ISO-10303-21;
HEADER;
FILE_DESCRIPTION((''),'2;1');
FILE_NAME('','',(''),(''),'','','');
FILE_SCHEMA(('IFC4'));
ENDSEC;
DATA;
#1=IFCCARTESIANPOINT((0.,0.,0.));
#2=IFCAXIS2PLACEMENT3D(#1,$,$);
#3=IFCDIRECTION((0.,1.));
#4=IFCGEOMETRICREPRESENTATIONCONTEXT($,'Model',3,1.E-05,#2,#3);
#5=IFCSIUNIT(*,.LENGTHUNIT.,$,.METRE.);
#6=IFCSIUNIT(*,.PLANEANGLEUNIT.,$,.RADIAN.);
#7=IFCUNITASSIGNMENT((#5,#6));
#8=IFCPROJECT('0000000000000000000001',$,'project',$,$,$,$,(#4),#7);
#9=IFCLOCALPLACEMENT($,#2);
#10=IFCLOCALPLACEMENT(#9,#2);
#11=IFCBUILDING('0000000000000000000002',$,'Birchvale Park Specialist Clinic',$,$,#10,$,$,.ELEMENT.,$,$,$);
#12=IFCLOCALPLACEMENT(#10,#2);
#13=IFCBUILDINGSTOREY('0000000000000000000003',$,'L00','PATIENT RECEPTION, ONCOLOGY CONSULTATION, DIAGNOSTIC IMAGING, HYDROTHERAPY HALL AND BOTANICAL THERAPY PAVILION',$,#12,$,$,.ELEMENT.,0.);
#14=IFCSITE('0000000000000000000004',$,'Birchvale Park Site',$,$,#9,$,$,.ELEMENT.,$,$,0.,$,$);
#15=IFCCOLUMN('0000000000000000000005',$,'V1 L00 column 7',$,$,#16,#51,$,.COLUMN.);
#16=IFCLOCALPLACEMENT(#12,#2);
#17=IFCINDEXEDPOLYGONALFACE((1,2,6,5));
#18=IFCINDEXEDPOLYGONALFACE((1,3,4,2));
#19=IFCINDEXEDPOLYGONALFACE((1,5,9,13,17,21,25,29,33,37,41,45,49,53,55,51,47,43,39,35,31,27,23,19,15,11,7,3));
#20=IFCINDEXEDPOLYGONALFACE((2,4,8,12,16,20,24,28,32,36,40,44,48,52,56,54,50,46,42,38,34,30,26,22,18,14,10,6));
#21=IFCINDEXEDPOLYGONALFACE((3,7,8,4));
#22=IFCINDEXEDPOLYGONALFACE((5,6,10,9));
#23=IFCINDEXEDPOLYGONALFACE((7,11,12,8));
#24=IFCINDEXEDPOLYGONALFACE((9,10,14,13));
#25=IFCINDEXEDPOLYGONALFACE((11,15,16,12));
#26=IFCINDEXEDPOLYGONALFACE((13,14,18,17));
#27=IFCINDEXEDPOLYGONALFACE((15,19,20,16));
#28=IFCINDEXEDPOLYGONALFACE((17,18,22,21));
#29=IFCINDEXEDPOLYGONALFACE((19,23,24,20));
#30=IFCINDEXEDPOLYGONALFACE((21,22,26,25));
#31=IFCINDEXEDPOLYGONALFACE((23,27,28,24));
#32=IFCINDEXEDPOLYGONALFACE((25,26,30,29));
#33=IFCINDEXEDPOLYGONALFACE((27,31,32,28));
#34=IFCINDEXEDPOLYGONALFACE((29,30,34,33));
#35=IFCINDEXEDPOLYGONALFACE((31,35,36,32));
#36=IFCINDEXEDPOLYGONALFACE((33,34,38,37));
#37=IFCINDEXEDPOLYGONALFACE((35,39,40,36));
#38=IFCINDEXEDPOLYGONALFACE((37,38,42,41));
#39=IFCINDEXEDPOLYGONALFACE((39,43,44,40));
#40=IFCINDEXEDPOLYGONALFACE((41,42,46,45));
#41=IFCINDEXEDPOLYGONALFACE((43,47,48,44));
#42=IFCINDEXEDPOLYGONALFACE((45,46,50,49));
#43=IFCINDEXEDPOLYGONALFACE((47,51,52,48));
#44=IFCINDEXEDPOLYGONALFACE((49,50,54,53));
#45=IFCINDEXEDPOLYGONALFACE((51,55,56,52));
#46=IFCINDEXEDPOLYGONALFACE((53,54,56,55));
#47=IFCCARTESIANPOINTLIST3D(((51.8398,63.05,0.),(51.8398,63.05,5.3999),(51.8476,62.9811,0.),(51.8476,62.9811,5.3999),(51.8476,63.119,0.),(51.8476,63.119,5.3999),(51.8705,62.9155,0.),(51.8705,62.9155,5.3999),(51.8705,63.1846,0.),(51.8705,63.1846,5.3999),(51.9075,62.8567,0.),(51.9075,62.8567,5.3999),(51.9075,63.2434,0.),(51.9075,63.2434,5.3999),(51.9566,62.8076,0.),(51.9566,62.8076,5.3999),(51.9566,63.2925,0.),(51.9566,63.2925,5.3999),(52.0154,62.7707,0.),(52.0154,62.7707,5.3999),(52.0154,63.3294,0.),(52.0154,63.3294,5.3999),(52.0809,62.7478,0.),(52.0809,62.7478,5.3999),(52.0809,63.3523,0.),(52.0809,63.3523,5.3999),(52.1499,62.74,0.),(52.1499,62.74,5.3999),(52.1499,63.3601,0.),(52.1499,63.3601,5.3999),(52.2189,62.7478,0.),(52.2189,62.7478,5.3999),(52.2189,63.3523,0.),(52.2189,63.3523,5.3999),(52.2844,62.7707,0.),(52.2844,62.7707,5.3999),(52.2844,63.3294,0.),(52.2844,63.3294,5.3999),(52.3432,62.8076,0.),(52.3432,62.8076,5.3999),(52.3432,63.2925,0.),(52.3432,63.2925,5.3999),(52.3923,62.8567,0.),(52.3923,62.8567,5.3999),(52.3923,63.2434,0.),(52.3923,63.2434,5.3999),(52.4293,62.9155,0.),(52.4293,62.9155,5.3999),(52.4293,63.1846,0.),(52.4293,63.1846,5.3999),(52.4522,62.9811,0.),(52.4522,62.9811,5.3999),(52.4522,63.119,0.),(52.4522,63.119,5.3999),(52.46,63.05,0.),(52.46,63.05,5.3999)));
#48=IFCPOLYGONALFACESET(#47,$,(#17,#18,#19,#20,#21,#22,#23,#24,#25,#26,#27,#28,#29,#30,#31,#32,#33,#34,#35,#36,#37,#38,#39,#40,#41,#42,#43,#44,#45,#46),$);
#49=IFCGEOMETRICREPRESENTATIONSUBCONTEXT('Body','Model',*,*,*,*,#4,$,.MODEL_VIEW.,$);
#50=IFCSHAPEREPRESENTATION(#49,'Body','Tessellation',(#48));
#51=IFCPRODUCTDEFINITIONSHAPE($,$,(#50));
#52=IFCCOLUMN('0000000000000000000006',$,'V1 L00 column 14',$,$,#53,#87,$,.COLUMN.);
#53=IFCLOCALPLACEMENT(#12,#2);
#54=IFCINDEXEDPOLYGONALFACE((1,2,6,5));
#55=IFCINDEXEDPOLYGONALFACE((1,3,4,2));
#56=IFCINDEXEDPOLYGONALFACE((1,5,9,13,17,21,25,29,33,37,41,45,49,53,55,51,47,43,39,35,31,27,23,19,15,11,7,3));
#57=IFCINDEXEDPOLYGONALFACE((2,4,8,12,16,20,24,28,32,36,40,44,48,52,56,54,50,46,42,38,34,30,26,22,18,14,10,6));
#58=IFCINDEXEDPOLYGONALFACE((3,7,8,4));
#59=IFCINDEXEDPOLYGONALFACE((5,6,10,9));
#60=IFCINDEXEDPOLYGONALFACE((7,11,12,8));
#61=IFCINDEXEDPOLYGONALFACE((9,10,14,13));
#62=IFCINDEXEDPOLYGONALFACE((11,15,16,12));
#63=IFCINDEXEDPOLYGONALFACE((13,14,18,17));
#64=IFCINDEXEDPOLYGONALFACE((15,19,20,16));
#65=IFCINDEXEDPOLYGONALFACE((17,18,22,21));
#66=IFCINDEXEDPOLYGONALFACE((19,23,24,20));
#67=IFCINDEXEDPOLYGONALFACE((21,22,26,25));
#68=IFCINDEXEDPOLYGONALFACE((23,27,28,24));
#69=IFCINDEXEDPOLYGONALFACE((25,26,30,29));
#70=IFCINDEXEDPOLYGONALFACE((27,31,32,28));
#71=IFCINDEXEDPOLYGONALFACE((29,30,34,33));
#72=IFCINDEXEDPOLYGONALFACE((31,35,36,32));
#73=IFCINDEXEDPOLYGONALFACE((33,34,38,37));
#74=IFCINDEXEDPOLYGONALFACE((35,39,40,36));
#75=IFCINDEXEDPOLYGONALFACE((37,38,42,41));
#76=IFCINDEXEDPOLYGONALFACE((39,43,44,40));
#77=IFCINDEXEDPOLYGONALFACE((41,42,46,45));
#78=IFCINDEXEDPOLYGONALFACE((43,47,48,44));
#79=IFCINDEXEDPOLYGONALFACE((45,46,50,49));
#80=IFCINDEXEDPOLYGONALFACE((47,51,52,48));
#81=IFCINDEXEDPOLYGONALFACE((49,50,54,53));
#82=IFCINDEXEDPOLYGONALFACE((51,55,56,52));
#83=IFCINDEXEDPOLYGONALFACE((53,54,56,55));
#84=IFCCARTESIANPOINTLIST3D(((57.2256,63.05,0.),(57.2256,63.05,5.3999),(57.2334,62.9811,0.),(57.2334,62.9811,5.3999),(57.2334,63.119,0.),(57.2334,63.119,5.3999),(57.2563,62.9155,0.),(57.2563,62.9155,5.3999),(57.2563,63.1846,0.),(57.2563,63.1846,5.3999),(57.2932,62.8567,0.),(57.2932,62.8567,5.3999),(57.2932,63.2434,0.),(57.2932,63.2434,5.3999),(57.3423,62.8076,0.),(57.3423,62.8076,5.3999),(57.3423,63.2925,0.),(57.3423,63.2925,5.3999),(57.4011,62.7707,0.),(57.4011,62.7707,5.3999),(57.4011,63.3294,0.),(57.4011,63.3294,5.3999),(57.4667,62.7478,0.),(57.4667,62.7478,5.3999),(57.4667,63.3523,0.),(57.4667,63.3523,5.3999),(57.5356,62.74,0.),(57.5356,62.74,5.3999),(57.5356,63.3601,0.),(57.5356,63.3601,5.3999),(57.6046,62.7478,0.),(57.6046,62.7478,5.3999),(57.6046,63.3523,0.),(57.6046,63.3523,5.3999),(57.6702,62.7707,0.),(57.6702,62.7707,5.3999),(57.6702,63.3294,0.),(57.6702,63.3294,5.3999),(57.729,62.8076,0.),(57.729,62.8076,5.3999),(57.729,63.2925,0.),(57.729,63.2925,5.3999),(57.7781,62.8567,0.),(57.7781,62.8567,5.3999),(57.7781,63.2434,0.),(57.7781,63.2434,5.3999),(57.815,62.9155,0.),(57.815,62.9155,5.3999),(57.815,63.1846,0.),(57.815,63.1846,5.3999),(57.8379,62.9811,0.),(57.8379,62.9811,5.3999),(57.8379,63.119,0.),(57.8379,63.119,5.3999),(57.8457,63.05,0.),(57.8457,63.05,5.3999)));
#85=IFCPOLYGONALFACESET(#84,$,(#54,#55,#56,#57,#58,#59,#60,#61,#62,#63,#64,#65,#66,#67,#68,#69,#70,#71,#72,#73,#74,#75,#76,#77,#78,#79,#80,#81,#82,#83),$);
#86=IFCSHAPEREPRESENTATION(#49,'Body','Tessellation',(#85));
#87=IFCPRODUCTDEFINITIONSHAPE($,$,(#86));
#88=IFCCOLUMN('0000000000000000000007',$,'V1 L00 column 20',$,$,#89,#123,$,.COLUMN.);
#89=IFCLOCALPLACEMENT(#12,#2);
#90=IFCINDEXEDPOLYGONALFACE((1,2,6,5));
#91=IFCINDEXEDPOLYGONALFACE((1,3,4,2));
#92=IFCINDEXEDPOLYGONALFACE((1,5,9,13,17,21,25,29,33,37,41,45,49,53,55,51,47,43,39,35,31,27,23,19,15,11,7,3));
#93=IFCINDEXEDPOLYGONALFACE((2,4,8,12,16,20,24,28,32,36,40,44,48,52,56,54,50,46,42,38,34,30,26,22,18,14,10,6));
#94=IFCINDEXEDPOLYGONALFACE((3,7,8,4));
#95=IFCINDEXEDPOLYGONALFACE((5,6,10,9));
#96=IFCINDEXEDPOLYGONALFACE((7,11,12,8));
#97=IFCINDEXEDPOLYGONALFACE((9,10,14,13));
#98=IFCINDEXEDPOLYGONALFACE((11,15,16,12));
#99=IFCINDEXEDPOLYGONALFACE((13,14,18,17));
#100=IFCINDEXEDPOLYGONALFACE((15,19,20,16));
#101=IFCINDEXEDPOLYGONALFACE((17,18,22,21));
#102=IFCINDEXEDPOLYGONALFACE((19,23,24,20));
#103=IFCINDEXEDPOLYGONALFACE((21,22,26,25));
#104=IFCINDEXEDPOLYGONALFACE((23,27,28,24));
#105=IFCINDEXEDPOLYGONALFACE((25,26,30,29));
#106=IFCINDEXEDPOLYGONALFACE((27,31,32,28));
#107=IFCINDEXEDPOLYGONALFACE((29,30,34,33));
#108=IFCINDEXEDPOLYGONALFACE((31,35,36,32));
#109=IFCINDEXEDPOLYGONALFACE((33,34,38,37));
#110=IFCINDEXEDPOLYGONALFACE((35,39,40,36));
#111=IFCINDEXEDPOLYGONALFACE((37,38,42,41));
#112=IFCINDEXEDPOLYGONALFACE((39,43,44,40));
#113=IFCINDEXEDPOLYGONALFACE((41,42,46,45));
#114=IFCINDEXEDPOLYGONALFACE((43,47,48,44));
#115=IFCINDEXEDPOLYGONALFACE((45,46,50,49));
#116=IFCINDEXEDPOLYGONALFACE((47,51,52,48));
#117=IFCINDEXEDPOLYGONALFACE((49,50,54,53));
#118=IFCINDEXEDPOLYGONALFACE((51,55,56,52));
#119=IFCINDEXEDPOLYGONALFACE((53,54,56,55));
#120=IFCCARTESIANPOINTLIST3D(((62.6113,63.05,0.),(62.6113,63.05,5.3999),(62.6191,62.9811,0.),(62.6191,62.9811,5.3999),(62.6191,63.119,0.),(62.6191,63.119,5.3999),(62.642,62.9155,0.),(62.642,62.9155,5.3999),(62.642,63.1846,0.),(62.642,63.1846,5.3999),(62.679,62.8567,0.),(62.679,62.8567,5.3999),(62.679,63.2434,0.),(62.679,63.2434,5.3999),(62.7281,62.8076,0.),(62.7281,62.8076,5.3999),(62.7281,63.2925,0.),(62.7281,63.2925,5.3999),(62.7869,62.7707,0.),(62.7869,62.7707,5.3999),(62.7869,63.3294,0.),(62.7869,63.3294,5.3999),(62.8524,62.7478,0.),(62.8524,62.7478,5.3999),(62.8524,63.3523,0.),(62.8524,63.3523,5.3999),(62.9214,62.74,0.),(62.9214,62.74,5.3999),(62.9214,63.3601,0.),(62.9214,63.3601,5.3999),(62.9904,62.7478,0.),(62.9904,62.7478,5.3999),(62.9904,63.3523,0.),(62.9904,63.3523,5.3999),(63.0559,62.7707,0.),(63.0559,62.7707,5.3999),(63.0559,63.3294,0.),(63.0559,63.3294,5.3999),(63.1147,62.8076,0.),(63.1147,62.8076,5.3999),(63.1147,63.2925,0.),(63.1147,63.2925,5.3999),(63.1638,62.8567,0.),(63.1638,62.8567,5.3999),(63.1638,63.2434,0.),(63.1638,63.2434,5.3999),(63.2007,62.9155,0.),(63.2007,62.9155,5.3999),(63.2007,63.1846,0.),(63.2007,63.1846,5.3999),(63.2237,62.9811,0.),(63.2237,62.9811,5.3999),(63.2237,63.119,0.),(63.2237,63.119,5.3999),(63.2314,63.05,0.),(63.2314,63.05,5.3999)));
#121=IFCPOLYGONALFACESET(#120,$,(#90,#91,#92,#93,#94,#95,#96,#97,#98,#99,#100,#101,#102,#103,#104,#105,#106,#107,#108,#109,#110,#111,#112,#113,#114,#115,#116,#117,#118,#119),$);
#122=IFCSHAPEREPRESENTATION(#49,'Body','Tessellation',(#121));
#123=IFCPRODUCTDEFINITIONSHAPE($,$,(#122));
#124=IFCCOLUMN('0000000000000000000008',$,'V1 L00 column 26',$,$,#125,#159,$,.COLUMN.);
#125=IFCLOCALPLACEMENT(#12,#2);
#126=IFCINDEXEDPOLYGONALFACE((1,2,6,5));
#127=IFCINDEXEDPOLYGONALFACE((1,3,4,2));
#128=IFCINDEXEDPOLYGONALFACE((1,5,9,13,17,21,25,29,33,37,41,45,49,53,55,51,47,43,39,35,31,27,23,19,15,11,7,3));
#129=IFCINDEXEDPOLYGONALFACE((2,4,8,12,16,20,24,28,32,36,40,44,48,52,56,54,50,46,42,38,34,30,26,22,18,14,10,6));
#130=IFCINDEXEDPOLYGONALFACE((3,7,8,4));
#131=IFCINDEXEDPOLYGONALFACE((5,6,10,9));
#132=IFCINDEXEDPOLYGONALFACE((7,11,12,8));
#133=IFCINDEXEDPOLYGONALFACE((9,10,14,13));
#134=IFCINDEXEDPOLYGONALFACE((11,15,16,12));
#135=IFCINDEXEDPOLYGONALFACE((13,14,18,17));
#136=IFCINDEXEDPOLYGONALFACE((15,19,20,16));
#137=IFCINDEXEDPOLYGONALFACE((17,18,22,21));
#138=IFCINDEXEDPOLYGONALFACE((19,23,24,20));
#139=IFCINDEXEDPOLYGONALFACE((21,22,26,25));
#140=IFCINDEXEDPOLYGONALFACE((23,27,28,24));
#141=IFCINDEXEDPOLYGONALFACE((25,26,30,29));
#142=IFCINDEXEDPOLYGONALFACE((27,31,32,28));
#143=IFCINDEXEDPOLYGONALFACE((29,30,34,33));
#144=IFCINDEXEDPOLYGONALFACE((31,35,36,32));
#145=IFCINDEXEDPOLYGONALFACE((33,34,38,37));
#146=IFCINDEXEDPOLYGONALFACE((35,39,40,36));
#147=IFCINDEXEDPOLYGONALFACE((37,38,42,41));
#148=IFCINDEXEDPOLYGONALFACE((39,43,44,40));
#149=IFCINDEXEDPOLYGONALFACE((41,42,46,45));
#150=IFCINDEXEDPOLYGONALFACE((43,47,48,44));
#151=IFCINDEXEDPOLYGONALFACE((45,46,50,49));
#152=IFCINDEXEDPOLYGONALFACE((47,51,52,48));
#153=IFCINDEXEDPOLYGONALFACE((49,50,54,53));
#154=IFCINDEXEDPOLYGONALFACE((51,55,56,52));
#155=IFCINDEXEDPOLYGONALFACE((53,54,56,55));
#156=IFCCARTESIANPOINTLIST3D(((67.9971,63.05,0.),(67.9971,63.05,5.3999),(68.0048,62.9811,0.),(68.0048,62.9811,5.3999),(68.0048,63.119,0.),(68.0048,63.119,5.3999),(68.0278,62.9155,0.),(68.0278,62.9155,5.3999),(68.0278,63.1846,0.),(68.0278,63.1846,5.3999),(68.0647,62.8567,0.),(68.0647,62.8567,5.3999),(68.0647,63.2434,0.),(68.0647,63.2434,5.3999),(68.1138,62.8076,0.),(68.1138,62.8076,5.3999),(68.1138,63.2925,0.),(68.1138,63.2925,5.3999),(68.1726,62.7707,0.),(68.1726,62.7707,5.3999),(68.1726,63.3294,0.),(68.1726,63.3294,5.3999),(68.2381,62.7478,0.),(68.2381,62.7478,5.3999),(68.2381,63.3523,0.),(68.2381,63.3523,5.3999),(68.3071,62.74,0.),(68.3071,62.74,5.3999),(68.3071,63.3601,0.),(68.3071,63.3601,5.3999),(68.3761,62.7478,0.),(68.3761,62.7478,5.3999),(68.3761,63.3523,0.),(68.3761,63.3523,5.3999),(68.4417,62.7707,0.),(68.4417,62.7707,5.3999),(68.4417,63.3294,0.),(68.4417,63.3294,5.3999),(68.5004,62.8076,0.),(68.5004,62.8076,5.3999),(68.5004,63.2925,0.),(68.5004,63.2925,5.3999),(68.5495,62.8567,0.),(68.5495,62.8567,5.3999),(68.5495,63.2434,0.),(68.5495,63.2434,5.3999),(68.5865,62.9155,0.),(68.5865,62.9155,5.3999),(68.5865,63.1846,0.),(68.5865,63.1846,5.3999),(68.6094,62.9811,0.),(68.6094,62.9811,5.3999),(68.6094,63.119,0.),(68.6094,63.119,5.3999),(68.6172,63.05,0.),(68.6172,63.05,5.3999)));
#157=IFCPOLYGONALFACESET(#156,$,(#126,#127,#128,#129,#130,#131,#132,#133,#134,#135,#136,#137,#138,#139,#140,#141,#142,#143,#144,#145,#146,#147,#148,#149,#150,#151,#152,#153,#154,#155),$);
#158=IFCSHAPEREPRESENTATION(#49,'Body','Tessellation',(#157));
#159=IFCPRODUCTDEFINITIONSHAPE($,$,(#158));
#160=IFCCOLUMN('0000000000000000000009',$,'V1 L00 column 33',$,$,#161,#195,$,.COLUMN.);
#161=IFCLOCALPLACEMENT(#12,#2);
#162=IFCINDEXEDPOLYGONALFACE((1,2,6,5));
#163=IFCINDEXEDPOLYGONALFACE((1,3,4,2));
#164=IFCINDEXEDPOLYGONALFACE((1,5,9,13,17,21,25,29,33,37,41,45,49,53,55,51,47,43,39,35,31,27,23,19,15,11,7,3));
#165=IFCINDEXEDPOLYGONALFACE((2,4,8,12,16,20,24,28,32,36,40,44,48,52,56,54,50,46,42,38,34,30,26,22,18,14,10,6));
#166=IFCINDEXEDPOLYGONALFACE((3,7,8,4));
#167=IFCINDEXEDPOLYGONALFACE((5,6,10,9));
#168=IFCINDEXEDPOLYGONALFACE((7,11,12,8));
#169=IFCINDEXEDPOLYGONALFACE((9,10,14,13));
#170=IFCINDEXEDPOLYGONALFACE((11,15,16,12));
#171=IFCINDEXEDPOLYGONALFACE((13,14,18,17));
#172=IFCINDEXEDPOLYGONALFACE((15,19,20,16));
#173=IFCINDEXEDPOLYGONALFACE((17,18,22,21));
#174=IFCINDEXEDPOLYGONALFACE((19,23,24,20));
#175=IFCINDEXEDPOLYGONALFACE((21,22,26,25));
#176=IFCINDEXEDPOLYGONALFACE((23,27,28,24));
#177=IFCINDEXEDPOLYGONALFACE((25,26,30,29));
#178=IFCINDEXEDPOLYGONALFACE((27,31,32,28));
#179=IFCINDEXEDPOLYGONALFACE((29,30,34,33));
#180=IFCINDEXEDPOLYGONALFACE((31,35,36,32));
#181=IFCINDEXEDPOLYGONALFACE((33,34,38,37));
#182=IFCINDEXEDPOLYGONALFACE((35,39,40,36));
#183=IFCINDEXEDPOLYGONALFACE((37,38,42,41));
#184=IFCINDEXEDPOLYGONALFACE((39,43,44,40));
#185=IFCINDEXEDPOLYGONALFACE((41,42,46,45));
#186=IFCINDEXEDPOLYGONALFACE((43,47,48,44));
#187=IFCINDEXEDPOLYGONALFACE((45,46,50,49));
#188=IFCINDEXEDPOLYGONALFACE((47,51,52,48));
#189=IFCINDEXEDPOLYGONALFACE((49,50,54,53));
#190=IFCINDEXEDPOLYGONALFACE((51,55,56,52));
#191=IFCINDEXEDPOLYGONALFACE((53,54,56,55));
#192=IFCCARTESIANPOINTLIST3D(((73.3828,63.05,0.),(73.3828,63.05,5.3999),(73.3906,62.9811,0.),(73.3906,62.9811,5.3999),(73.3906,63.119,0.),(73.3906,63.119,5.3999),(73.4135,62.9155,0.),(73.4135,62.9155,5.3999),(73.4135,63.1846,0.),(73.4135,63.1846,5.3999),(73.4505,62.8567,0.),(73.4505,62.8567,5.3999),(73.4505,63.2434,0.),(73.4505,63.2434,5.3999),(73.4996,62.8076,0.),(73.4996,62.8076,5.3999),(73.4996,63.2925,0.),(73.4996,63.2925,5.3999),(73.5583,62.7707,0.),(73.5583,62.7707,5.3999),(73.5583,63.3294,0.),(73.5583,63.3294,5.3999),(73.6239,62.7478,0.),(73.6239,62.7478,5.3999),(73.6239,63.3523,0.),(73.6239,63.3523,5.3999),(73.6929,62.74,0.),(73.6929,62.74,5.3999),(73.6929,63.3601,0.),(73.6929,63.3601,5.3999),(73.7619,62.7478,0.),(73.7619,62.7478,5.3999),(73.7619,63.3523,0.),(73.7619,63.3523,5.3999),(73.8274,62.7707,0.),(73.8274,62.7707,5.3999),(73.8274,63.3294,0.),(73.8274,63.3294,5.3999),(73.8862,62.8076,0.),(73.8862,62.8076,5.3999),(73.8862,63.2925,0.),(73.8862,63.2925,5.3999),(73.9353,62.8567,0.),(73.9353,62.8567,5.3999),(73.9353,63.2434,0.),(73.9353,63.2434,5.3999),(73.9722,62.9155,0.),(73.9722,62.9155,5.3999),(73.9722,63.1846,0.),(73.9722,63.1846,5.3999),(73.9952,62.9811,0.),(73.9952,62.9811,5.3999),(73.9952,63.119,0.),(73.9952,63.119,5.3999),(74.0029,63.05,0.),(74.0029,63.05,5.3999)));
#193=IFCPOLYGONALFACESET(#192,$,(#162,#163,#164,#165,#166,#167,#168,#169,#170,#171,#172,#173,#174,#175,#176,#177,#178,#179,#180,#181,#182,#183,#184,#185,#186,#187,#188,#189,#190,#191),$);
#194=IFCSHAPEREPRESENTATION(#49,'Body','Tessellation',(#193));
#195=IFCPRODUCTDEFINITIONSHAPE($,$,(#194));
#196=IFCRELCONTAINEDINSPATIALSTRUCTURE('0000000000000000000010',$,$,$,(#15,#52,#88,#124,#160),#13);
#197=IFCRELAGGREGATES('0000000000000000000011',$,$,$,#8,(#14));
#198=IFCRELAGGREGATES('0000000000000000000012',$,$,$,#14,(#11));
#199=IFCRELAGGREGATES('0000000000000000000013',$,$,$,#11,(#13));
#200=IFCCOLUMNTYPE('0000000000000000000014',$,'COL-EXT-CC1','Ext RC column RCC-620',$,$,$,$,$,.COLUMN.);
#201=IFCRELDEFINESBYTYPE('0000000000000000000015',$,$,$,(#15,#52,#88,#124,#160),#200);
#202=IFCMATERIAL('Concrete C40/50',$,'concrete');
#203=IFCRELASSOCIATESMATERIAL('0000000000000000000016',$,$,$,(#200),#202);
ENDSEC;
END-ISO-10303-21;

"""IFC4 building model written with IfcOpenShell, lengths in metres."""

from ifc_helpers import new_model, si_unit, direction, frame, origin, origin_2d, place, context, subcontext, project, spatial, circle, extrude, material, material_profile, profile_set, type_object, element, save


model = new_model("IFC4")

# Units and contexts
model_context = context("Model", 3, precision=1e-05, world=origin(), true_north=direction((0.0, 1.0)))
body_context = subcontext(model_context, "Body", "Model", "MODEL_VIEW")
ifc_project = project(units=[si_unit("LENGTHUNIT", "METRE"), si_unit("PLANEANGLEUNIT", "RADIAN")], contexts=[model_context])

# Site, building, storey
site_placement = place(None, origin())
site = spatial("IfcSite", under=ifc_project, at=site_placement, Name="Birchvale Park Site", CompositionType="ELEMENT", RefElevation=0.0)
building_placement = place(site_placement, origin())
building = spatial("IfcBuilding", under=site, at=building_placement, Name="Birchvale Park Specialist Clinic", CompositionType="ELEMENT")
storey_placement = place(building_placement, origin())
storey = spatial("IfcBuildingStorey", under=building, at=storey_placement, Name="L00", Description="PATIENT RECEPTION, ONCOLOGY CONSULTATION, DIAGNOSTIC IMAGING, HYDROTHERAPY HALL AND BOTANICAL THERAPY PAVILION", CompositionType="ELEMENT", Elevation=0.0)

# Columns
ifc_material_1 = material(Name="Concrete C40/50", Category="concrete")
ifc_material_profile_1 = material_profile(ifc_material_1, circle(Radius=0.3101, at=origin_2d()), Name="RCC-620")
ifc_profile_set_1 = profile_set([ifc_material_profile_1], Name="Concrete C40/50")
column_type_1 = type_object("IfcColumnType", Name="COL-EXT-CC1", Description="Ext RC column RCC-620", PredefinedType="COLUMN", material=ifc_profile_set_1)
for number, where, z_axis, x_axis, name in (
    (1, (52.1499, 63.05, 0.0), (0.0, 0.0, 1.0), (1.0, 0.0, 0.0), "V1 L00 column 7"),
    (2, (57.5356, 63.05, 0.0), (0.0, 0.0, 1.0), (1.0, 0.0, 0.0), "V1 L00 column 14"),
    (3, (62.9214, 63.05, 0.0), (0.0, 0.0, 1.0), (1.0, 0.0, 0.0), "V1 L00 column 20"),
    (4, (68.3071, 63.05, 0.0), (0.0, 0.0, 1.0), (1.0, 0.0, 0.0), "V1 L00 column 26"),
    (5, (73.6929, 63.05, 0.0), (0.0, 0.0, 1.0), (1.0, 0.0, 0.0), "V1 L00 column 33"),
):
    element("IfcColumn", number, at=place(storey_placement, frame(where, z_axis=z_axis, x_axis=x_axis)), inside=storey, type_object=column_type_1, Name=name, PredefinedType="COLUMN", context=body_context, shape_type="SweptSolid", body=[
        extrude(circle(Radius=0.3101, at=origin_2d()), origin(), (0.0, 0.0, 1.0), 5.3999),
    ])

save(model, "model.ifc")
